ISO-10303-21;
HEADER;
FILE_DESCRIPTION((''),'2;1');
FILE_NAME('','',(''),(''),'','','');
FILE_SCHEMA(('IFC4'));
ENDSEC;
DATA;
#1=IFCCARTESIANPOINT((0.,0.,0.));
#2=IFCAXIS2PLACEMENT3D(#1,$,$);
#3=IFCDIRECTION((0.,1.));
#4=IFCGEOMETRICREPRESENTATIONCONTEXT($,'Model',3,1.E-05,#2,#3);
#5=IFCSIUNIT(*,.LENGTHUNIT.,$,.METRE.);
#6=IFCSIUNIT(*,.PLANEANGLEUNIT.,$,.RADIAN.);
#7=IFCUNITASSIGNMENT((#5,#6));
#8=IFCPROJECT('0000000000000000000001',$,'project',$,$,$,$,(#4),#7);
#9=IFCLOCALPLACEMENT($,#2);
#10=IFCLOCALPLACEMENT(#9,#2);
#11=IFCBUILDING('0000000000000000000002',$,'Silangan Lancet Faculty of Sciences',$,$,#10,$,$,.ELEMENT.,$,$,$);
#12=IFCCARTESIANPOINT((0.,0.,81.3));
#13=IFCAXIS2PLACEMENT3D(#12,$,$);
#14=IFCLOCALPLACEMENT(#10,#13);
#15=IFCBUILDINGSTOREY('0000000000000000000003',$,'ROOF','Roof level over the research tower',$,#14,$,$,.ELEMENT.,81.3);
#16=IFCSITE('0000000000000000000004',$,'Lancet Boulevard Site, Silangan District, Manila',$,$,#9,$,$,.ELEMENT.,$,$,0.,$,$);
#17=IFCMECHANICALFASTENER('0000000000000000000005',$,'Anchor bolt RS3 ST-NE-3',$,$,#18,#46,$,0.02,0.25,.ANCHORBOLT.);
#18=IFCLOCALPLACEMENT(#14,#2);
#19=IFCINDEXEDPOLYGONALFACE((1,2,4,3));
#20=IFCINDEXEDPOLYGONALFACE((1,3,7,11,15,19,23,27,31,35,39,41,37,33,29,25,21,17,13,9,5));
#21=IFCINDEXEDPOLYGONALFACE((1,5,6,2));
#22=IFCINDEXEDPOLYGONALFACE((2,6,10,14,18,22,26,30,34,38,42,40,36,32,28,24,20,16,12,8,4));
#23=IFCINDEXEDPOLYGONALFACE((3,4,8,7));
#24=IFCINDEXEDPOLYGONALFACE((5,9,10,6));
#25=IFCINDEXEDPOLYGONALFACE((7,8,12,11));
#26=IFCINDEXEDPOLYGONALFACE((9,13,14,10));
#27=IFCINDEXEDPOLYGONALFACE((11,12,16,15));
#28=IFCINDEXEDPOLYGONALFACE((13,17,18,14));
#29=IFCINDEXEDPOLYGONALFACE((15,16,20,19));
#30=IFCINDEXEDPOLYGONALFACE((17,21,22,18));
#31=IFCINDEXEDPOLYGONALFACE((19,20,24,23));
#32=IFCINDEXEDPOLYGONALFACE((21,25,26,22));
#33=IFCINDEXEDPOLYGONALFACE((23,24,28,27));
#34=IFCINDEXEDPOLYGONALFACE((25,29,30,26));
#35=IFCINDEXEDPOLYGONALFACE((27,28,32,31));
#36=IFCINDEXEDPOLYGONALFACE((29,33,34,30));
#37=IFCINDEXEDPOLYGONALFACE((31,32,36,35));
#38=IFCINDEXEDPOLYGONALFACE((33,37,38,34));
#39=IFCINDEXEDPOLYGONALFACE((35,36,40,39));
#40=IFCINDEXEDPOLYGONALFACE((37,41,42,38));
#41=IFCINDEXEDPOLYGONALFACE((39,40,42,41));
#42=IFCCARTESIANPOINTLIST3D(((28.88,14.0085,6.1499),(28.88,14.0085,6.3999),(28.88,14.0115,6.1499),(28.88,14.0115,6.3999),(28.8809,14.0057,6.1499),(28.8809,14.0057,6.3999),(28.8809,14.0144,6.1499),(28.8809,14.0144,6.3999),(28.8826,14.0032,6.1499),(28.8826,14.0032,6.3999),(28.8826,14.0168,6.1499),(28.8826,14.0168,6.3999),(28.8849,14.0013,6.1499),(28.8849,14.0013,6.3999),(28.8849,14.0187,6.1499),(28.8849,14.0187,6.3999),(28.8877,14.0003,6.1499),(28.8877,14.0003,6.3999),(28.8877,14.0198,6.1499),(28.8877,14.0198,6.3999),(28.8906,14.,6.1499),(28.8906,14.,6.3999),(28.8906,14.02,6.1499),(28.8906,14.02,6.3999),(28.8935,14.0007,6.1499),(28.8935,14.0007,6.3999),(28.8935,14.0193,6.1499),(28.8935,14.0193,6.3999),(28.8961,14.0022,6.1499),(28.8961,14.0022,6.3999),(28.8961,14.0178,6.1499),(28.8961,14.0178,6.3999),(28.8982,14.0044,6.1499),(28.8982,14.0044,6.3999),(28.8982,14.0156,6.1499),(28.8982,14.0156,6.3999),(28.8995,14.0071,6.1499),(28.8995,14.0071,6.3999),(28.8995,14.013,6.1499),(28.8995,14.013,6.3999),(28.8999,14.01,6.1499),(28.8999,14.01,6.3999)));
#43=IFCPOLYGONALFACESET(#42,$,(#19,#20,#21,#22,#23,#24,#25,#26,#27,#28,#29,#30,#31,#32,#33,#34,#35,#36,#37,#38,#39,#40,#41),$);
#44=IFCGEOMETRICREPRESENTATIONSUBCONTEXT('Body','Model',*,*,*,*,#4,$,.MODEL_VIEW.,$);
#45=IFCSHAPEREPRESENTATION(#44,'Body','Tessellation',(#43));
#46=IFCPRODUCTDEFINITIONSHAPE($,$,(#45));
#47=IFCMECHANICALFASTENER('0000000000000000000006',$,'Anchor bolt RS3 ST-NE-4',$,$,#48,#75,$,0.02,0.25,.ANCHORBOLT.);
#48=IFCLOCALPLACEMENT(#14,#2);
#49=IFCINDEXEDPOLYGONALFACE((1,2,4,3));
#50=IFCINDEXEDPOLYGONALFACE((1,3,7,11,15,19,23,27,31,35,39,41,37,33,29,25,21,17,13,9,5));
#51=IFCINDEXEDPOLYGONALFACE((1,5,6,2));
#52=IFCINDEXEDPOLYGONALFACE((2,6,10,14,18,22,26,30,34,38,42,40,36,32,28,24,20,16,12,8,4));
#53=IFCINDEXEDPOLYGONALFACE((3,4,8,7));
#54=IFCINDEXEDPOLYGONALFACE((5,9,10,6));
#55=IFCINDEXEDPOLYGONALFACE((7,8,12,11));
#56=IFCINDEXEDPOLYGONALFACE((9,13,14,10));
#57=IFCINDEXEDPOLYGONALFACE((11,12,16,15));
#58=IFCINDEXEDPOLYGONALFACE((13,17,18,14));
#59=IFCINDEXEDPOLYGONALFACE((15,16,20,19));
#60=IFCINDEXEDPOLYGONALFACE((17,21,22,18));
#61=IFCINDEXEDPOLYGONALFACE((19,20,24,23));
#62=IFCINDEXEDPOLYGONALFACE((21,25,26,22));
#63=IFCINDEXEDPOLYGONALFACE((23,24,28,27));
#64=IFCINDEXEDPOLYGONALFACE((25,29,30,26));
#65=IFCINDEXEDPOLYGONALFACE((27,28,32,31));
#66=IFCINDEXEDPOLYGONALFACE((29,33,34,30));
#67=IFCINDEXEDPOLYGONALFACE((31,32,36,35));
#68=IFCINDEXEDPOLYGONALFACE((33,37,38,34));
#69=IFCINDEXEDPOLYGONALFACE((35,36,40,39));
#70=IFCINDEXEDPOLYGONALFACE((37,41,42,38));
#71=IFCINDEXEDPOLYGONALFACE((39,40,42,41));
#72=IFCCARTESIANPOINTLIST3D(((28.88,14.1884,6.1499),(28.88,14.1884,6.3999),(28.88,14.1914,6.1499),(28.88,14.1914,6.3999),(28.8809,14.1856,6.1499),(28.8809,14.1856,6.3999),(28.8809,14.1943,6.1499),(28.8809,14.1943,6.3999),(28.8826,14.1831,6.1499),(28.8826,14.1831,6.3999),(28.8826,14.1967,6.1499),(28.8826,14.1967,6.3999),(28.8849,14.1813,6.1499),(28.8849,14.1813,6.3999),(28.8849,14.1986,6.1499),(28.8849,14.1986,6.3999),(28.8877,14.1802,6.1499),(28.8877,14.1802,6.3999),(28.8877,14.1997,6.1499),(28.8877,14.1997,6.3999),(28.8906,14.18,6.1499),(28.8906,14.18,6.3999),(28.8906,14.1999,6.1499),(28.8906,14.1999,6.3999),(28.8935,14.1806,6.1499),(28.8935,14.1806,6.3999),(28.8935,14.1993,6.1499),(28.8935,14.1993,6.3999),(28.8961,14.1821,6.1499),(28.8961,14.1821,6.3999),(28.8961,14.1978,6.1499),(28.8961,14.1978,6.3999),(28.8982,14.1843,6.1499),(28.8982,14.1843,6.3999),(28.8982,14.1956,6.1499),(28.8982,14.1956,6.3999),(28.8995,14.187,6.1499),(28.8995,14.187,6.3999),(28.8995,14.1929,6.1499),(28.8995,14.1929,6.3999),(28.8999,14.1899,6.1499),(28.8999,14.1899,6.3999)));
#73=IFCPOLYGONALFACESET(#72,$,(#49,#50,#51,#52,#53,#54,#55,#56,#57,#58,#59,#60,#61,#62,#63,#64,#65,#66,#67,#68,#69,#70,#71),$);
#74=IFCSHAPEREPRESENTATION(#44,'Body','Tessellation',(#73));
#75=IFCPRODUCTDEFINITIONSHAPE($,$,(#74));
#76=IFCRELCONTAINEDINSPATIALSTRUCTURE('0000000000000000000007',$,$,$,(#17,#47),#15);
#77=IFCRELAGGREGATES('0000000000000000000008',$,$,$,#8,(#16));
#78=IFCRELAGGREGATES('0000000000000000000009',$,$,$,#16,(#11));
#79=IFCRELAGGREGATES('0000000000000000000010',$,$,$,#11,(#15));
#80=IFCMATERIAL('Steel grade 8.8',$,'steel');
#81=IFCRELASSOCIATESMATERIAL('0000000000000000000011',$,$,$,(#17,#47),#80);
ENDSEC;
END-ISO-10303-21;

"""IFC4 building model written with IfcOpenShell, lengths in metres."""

from ifc_helpers import new_model, si_unit, direction, frame, origin, origin_2d, place, context, subcontext, project, spatial, circle, extrude, material, element, save


model = new_model("IFC4")

# Units and contexts
model_context = context("Model", 3, precision=1e-05, world=origin(), true_north=direction((0.0, 1.0)))
body_context = subcontext(model_context, "Body", "Model", "MODEL_VIEW")
ifc_project = project(units=[si_unit("LENGTHUNIT", "METRE"), si_unit("PLANEANGLEUNIT", "RADIAN")], contexts=[model_context])

# Site, building, storey
site_placement = place(None, origin())
site = spatial("IfcSite", under=ifc_project, at=site_placement, Name="Lancet Boulevard Site, Silangan District, Manila", CompositionType="ELEMENT", RefElevation=0.0)
building_placement = place(site_placement, origin())
building = spatial("IfcBuilding", under=site, at=building_placement, Name="Silangan Lancet Faculty of Sciences", CompositionType="ELEMENT")
storey_placement = place(building_placement, frame((0.0, 0.0, 81.3)))
storey = spatial("IfcBuildingStorey", under=building, at=storey_placement, Name="ROOF", Description="Roof level over the research tower", CompositionType="ELEMENT", Elevation=81.3)

# Mechanical fasteners
ifc_material_1 = material(Name="Steel grade 8.8", Category="steel")
for number, where, z_axis, x_axis, name in (
    (1, (28.8899, 14.01, 6.1499), (0.0, 0.0, 1.0), (1.0, 0.0, 0.0), "Anchor bolt RS3 ST-NE-3"),
    (2, (28.8899, 14.1899, 6.1499), (0.0, 0.0, 1.0), (1.0, 0.0, 0.0), "Anchor bolt RS3 ST-NE-4"),
):
    element("IfcMechanicalFastener", number, at=place(storey_placement, frame(where, z_axis=z_axis, x_axis=x_axis)), inside=storey, material=ifc_material_1, Name=name, NominalDiameter=0.02, NominalLength=0.25, PredefinedType="ANCHORBOLT", context=body_context, shape_type="SweptSolid", body=[
        extrude(circle(Radius=0.01, at=origin_2d()), origin(), (0.0, 0.0, 1.0), 0.25),
    ])

save(model, "model.ifc")
